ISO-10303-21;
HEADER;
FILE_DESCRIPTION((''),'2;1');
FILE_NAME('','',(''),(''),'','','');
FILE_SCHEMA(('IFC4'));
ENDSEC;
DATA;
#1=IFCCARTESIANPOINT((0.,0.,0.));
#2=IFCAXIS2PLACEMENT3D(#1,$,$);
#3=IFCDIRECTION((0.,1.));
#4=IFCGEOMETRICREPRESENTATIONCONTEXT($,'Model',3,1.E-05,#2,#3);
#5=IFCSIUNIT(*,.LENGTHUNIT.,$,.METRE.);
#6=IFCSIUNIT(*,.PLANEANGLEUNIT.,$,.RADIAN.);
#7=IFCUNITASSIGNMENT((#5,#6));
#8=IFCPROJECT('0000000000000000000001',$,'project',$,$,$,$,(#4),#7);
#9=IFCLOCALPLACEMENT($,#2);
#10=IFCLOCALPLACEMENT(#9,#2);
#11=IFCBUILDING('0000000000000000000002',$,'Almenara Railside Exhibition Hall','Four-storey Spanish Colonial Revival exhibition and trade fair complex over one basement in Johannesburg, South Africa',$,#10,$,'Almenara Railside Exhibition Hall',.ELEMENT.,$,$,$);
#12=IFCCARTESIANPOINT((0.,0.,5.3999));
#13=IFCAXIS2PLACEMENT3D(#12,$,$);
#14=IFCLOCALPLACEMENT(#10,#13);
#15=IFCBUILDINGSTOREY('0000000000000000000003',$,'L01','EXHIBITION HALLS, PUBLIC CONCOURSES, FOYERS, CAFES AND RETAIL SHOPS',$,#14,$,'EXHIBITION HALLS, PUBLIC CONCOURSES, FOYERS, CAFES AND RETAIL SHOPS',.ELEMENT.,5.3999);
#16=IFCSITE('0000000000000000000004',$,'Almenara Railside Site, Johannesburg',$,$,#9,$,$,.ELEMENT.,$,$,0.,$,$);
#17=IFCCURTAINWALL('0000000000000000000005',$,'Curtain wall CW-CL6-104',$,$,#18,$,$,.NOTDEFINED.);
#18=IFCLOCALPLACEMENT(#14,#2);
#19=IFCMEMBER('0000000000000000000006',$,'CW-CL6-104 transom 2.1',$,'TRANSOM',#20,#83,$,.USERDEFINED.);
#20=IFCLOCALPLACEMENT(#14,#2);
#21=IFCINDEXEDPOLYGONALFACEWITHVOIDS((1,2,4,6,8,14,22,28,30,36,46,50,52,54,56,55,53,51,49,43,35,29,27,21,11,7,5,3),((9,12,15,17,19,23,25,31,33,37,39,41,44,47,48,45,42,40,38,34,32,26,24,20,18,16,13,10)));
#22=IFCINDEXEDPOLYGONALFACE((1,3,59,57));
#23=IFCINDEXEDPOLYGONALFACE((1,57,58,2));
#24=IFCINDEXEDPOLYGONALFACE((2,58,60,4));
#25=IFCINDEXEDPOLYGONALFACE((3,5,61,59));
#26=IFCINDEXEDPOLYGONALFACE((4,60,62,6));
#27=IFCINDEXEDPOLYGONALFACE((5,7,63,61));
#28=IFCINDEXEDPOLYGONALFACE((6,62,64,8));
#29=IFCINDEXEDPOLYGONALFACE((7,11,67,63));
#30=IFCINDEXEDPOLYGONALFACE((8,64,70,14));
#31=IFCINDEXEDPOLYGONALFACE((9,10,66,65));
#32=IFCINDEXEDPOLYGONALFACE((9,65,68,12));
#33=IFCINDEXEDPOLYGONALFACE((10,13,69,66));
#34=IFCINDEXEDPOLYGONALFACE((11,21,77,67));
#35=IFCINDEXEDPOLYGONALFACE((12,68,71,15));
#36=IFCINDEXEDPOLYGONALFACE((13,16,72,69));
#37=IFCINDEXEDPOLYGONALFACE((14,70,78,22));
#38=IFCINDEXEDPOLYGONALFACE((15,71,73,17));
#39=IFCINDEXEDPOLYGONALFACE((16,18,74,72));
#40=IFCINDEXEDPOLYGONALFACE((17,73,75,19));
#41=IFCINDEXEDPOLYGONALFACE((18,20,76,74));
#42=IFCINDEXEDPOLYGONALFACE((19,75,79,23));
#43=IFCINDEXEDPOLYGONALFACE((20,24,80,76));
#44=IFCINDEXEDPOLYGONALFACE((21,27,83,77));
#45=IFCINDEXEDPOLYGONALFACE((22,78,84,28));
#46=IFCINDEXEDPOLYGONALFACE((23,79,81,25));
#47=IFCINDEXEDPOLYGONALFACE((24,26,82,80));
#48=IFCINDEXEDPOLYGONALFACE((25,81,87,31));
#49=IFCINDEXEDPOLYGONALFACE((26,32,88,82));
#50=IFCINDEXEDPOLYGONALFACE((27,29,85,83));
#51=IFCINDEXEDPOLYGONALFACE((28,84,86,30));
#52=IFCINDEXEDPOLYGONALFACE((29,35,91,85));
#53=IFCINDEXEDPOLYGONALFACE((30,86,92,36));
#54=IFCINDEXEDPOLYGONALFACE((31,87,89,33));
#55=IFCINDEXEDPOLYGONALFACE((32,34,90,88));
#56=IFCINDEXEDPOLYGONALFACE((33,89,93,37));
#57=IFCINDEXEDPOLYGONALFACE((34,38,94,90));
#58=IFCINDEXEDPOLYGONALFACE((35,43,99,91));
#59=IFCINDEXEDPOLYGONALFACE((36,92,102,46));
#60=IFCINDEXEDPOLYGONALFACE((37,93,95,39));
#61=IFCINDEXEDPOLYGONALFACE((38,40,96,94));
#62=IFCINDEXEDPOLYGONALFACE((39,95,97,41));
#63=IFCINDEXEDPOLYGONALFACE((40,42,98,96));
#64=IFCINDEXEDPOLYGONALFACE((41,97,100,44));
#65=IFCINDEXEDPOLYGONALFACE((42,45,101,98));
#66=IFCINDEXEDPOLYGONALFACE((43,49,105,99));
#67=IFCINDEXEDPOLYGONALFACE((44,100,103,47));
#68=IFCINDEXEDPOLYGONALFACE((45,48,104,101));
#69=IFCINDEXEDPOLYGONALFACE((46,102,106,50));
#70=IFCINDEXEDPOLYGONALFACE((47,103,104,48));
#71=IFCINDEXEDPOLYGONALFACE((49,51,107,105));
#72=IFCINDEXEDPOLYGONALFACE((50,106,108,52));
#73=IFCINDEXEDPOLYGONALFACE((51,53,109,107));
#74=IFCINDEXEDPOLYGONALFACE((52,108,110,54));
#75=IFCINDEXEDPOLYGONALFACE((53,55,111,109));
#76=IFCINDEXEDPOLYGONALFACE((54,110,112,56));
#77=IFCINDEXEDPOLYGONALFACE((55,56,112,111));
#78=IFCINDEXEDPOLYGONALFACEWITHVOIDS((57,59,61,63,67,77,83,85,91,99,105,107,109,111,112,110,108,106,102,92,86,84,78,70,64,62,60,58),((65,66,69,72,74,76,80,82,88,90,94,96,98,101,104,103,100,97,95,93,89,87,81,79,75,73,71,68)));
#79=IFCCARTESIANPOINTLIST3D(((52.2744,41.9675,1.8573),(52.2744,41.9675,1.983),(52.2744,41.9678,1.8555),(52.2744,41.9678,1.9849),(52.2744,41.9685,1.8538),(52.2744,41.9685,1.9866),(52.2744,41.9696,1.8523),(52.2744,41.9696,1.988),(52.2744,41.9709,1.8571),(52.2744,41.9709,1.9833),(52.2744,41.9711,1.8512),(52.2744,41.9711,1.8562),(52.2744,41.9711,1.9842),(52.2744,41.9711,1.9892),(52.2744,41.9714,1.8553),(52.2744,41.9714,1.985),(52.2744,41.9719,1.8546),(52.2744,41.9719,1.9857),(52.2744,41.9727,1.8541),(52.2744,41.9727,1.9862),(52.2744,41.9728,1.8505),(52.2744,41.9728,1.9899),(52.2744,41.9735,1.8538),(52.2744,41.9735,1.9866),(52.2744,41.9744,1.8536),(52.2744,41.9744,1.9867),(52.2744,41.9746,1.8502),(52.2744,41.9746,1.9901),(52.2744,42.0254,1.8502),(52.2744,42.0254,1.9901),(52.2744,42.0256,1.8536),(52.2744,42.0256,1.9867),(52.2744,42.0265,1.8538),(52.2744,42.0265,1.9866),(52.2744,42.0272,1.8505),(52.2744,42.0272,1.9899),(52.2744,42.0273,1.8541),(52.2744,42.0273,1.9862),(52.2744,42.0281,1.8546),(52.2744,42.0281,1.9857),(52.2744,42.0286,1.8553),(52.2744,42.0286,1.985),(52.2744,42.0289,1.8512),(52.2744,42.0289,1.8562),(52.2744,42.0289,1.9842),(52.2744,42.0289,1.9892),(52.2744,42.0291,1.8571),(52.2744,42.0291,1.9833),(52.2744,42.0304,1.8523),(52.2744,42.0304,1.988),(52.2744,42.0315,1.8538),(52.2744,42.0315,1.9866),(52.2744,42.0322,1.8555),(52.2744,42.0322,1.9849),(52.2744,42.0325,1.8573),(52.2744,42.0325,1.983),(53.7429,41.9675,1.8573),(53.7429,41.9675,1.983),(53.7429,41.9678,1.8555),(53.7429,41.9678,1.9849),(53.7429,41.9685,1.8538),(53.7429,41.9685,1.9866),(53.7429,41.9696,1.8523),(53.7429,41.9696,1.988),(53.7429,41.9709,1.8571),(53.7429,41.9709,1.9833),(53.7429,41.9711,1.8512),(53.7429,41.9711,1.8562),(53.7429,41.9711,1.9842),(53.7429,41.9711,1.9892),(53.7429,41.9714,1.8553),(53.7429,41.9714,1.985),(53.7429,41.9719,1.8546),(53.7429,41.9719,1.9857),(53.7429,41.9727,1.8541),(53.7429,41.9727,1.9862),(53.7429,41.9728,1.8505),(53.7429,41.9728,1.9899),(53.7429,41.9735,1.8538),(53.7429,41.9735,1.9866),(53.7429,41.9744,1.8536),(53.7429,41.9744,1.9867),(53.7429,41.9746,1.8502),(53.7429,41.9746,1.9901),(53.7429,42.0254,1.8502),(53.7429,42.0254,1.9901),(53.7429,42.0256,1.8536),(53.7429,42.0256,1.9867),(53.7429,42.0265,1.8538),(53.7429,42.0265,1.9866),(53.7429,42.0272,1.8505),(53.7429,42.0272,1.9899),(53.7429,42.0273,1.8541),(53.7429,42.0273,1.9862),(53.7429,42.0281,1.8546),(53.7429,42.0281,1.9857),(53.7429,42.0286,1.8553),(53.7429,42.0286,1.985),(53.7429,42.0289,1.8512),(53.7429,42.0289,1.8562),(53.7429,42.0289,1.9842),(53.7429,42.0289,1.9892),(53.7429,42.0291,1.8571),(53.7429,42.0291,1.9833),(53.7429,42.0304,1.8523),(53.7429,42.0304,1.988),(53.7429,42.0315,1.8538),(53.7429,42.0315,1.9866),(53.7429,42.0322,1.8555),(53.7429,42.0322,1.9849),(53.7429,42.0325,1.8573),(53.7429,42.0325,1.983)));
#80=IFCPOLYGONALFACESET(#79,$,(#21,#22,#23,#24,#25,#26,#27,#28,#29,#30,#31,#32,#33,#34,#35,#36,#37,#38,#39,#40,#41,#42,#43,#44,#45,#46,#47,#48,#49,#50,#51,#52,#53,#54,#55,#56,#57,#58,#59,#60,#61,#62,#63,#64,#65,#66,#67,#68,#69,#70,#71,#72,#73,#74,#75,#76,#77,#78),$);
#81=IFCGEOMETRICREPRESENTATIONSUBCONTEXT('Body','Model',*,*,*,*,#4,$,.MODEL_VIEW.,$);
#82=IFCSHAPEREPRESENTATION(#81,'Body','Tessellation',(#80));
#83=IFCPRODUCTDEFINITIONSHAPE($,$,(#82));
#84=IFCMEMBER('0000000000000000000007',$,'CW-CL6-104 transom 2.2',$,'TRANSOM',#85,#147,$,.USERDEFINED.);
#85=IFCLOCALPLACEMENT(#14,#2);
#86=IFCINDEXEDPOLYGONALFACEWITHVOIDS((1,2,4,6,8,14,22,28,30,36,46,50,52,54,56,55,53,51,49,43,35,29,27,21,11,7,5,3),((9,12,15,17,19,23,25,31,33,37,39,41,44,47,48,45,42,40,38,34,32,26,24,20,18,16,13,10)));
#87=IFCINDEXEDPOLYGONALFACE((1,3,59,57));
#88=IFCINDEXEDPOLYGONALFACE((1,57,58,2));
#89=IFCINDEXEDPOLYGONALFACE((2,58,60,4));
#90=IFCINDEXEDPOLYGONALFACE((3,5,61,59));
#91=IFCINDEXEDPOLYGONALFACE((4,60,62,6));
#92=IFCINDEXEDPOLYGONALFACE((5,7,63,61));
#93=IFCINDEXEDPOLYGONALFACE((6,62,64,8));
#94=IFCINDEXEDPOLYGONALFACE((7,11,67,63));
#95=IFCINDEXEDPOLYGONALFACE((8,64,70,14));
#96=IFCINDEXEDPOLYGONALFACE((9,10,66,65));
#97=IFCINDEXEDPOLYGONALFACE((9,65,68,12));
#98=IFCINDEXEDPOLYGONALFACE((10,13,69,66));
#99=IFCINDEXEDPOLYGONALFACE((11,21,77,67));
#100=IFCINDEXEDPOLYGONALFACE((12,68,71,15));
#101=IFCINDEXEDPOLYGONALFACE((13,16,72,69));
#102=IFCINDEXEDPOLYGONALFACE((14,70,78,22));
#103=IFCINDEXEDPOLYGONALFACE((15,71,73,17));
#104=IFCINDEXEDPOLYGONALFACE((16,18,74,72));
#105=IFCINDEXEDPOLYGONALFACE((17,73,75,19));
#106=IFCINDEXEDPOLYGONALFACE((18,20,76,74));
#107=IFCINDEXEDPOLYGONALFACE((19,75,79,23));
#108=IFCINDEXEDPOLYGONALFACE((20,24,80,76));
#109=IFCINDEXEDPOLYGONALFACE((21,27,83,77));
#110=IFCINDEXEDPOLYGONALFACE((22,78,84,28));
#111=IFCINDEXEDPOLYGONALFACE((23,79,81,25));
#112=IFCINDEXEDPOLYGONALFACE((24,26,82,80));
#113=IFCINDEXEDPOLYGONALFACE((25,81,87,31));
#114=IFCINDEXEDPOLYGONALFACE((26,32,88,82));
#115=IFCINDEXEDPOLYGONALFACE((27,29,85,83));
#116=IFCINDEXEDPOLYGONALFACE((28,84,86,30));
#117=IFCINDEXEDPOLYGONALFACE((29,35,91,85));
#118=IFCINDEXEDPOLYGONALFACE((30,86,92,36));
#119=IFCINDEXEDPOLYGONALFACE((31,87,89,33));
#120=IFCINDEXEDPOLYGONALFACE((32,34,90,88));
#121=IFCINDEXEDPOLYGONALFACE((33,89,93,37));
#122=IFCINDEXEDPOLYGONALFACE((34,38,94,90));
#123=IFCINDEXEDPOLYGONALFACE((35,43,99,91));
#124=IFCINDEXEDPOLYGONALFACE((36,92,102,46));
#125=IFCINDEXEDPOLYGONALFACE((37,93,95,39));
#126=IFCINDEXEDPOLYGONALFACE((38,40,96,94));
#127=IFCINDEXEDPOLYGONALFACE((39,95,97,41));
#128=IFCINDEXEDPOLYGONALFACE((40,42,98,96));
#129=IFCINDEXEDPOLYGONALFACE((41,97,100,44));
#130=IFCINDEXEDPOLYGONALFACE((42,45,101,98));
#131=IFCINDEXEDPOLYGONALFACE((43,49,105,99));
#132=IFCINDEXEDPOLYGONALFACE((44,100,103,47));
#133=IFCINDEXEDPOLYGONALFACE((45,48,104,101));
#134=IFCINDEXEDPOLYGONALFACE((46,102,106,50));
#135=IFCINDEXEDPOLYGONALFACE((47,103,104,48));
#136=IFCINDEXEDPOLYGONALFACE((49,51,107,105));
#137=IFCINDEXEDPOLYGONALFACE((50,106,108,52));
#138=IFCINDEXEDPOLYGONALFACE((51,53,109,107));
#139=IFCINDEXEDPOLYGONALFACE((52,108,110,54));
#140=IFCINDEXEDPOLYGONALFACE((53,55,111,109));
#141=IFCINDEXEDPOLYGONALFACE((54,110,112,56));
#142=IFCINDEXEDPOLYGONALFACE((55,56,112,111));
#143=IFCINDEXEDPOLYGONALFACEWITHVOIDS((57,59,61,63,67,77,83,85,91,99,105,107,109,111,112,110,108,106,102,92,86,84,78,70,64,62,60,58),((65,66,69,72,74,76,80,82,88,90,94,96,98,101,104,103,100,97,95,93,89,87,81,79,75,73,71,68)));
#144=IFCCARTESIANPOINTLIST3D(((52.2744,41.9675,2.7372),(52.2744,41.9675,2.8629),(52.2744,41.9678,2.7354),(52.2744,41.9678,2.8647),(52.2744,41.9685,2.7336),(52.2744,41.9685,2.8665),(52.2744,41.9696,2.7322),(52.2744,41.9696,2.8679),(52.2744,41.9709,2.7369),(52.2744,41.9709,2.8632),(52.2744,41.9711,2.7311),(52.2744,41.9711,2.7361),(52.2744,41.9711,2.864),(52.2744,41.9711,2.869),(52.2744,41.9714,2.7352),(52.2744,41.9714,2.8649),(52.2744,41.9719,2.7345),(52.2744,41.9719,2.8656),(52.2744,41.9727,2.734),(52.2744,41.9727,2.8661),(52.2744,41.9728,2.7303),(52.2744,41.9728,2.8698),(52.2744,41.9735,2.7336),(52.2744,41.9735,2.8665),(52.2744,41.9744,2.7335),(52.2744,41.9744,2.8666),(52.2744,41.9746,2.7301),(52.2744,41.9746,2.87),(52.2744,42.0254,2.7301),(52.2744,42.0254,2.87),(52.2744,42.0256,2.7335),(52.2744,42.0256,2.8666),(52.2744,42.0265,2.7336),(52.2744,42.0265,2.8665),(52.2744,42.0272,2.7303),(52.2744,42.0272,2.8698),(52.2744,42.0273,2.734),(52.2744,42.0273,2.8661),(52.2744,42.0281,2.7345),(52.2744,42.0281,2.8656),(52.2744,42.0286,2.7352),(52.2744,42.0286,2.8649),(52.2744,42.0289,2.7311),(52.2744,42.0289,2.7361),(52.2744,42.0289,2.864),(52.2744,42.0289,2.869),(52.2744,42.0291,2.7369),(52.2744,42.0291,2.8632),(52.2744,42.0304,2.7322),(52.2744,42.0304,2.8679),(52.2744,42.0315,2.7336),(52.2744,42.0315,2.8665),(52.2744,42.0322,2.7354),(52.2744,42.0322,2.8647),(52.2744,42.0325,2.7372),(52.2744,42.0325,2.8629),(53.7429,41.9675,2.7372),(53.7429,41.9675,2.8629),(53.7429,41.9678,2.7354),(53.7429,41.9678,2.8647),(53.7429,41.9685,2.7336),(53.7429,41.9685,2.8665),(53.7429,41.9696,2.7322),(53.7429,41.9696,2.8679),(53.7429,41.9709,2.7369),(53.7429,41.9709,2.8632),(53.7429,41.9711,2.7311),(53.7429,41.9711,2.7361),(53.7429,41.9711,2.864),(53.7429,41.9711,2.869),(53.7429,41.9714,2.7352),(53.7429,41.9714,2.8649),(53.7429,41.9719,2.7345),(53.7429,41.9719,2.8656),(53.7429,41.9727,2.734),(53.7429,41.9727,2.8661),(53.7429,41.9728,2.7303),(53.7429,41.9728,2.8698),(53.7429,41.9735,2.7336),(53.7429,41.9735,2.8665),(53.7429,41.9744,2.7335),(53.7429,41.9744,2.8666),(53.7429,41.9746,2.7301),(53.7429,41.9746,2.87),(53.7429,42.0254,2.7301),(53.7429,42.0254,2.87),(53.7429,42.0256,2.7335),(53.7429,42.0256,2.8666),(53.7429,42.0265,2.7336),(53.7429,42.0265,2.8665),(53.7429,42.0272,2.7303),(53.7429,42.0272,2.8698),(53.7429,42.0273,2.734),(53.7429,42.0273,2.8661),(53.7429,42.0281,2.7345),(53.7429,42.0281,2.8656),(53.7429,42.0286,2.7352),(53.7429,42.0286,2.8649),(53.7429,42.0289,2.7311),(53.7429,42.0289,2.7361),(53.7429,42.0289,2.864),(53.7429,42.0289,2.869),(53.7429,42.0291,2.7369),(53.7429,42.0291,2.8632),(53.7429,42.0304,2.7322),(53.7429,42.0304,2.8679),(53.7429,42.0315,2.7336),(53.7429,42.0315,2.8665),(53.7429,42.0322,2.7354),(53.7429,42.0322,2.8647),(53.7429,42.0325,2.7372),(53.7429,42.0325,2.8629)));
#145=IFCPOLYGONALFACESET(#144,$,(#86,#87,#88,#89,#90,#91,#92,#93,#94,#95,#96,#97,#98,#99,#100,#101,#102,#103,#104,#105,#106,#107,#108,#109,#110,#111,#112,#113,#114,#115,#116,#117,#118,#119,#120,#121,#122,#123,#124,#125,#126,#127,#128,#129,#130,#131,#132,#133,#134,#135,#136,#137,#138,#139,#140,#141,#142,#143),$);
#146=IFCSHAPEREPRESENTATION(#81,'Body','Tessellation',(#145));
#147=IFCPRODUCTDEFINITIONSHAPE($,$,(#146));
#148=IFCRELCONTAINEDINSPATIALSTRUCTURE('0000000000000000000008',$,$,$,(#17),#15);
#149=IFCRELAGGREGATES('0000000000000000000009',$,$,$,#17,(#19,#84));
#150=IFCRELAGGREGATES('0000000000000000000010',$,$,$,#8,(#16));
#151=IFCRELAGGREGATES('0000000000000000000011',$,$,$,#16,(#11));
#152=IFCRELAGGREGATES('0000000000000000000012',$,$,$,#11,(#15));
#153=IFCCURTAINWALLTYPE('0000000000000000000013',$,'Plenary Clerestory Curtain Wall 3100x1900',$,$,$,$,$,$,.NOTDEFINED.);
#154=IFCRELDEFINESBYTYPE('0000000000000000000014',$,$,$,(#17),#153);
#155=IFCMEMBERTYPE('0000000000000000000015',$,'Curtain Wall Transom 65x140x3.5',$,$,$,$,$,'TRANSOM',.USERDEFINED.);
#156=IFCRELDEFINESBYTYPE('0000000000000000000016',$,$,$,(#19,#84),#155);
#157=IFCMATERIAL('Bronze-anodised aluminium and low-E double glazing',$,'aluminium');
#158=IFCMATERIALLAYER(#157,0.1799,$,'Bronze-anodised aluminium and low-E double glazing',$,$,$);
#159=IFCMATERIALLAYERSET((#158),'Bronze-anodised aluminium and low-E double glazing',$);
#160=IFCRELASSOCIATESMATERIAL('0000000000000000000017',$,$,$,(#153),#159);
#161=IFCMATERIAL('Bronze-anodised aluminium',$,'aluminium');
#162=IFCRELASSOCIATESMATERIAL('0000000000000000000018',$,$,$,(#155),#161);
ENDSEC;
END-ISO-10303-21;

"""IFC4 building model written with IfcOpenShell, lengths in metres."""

from ifc_helpers import new_model, si_unit, direction, frame, origin, origin_2d, place, context, subcontext, project, spatial, hollow_rectangle, extrude, material, layer, layer_set, material_profile, profile_set, type_object, element, aggregate, save


model = new_model("IFC4")

# Units and contexts
model_context = context("Model", 3, precision=1e-05, world=origin(), true_north=direction((0.0, 1.0)))
body_context = subcontext(model_context, "Body", "Model", "MODEL_VIEW")
ifc_project = project(units=[si_unit("LENGTHUNIT", "METRE"), si_unit("PLANEANGLEUNIT", "RADIAN")], contexts=[model_context])

# Site, building, storey
site_placement = place(None, origin())
site = spatial("IfcSite", under=ifc_project, at=site_placement, Name="Almenara Railside Site, Johannesburg", CompositionType="ELEMENT", RefElevation=0.0)
building_placement = place(site_placement, origin())
building = spatial("IfcBuilding", under=site, at=building_placement, Name="Almenara Railside Exhibition Hall", Description="Four-storey Spanish Colonial Revival exhibition and trade fair complex over one basement in Johannesburg, South Africa", LongName="Almenara Railside Exhibition Hall", CompositionType="ELEMENT")
storey_placement = place(building_placement, frame((0.0, 0.0, 5.3999)))
storey = spatial("IfcBuildingStorey", under=building, at=storey_placement, Name="L01", Description="EXHIBITION HALLS, PUBLIC CONCOURSES, FOYERS, CAFES AND RETAIL SHOPS", LongName="EXHIBITION HALLS, PUBLIC CONCOURSES, FOYERS, CAFES AND RETAIL SHOPS", CompositionType="ELEMENT", Elevation=5.3999)

# Shared definitions
ifc_material_1 = material(Name="Bronze-anodised aluminium and low-E double glazing", Category="aluminium")
ifc_material_2 = material(Name="Bronze-anodised aluminium", Category="aluminium")

# Curtain wall, members
ifc_layer_1 = layer(ifc_material_1, 0.1799, Name="Bronze-anodised aluminium and low-E double glazing")
ifc_layer_set_1 = layer_set([ifc_layer_1], Name="Bronze-anodised aluminium and low-E double glazing")
curtain_wall_type_1 = type_object("IfcCurtainWallType", Name="Plenary Clerestory Curtain Wall 3100x1900", PredefinedType="NOTDEFINED", material=ifc_layer_set_1)
curtain_wall_1_placement = place(storey_placement, origin())
curtain_wall_1 = element("IfcCurtainWall", 1, at=curtain_wall_1_placement, inside=storey, type_object=curtain_wall_type_1, Name="Curtain wall CW-CL6-104", PredefinedType="NOTDEFINED")
ifc_material_profile_1 = material_profile(ifc_material_2, hollow_rectangle(XDim=0.0649, YDim=0.1399, WallThickness=0.0034, InnerFilletRadius=0.0034, OuterFilletRadius=0.0071, at=origin_2d()), Name="ALU-TRN 65x140x3.5")
ifc_profile_set_1 = profile_set([ifc_material_profile_1], Name="Bronze-anodised aluminium")
member_type_1 = type_object("IfcMemberType", Name="Curtain Wall Transom 65x140x3.5", ElementType="TRANSOM", PredefinedType="USERDEFINED", material=ifc_profile_set_1)
member_1_placement = place(storey_placement, frame((52.2744, 42.0, 1.9202), z_axis=(1.0, 0.0, 0.0), x_axis=(0.0, 1.0, 0.0)))
member_1 = element("IfcMember", 2, at=member_1_placement, type_object=member_type_1, Name="CW-CL6-104 transom 2.1", ObjectType="TRANSOM", PredefinedType="USERDEFINED", context=body_context, shape_type="SweptSolid", body=[
    extrude(hollow_rectangle(XDim=0.0649, YDim=0.1399, WallThickness=0.0034, InnerFilletRadius=0.0034, OuterFilletRadius=0.0071, at=origin_2d()), origin(), (0.0, 0.0, 1.0), 1.4685),
])
member_2_placement = place(storey_placement, frame((52.2744, 42.0, 2.8), z_axis=(1.0, 0.0, 0.0), x_axis=(0.0, 1.0, 0.0)))
member_2 = element("IfcMember", 3, at=member_2_placement, type_object=member_type_1, Name="CW-CL6-104 transom 2.2", ObjectType="TRANSOM", PredefinedType="USERDEFINED", context=body_context, shape_type="SweptSolid", body=[
    extrude(hollow_rectangle(XDim=0.0649, YDim=0.1399, WallThickness=0.0034, InnerFilletRadius=0.0034, OuterFilletRadius=0.0071, at=origin_2d()), origin(), (0.0, 0.0, 1.0), 1.4685),
])

aggregate(curtain_wall_1, [member_1, member_2])

save(model, "model.ifc")
